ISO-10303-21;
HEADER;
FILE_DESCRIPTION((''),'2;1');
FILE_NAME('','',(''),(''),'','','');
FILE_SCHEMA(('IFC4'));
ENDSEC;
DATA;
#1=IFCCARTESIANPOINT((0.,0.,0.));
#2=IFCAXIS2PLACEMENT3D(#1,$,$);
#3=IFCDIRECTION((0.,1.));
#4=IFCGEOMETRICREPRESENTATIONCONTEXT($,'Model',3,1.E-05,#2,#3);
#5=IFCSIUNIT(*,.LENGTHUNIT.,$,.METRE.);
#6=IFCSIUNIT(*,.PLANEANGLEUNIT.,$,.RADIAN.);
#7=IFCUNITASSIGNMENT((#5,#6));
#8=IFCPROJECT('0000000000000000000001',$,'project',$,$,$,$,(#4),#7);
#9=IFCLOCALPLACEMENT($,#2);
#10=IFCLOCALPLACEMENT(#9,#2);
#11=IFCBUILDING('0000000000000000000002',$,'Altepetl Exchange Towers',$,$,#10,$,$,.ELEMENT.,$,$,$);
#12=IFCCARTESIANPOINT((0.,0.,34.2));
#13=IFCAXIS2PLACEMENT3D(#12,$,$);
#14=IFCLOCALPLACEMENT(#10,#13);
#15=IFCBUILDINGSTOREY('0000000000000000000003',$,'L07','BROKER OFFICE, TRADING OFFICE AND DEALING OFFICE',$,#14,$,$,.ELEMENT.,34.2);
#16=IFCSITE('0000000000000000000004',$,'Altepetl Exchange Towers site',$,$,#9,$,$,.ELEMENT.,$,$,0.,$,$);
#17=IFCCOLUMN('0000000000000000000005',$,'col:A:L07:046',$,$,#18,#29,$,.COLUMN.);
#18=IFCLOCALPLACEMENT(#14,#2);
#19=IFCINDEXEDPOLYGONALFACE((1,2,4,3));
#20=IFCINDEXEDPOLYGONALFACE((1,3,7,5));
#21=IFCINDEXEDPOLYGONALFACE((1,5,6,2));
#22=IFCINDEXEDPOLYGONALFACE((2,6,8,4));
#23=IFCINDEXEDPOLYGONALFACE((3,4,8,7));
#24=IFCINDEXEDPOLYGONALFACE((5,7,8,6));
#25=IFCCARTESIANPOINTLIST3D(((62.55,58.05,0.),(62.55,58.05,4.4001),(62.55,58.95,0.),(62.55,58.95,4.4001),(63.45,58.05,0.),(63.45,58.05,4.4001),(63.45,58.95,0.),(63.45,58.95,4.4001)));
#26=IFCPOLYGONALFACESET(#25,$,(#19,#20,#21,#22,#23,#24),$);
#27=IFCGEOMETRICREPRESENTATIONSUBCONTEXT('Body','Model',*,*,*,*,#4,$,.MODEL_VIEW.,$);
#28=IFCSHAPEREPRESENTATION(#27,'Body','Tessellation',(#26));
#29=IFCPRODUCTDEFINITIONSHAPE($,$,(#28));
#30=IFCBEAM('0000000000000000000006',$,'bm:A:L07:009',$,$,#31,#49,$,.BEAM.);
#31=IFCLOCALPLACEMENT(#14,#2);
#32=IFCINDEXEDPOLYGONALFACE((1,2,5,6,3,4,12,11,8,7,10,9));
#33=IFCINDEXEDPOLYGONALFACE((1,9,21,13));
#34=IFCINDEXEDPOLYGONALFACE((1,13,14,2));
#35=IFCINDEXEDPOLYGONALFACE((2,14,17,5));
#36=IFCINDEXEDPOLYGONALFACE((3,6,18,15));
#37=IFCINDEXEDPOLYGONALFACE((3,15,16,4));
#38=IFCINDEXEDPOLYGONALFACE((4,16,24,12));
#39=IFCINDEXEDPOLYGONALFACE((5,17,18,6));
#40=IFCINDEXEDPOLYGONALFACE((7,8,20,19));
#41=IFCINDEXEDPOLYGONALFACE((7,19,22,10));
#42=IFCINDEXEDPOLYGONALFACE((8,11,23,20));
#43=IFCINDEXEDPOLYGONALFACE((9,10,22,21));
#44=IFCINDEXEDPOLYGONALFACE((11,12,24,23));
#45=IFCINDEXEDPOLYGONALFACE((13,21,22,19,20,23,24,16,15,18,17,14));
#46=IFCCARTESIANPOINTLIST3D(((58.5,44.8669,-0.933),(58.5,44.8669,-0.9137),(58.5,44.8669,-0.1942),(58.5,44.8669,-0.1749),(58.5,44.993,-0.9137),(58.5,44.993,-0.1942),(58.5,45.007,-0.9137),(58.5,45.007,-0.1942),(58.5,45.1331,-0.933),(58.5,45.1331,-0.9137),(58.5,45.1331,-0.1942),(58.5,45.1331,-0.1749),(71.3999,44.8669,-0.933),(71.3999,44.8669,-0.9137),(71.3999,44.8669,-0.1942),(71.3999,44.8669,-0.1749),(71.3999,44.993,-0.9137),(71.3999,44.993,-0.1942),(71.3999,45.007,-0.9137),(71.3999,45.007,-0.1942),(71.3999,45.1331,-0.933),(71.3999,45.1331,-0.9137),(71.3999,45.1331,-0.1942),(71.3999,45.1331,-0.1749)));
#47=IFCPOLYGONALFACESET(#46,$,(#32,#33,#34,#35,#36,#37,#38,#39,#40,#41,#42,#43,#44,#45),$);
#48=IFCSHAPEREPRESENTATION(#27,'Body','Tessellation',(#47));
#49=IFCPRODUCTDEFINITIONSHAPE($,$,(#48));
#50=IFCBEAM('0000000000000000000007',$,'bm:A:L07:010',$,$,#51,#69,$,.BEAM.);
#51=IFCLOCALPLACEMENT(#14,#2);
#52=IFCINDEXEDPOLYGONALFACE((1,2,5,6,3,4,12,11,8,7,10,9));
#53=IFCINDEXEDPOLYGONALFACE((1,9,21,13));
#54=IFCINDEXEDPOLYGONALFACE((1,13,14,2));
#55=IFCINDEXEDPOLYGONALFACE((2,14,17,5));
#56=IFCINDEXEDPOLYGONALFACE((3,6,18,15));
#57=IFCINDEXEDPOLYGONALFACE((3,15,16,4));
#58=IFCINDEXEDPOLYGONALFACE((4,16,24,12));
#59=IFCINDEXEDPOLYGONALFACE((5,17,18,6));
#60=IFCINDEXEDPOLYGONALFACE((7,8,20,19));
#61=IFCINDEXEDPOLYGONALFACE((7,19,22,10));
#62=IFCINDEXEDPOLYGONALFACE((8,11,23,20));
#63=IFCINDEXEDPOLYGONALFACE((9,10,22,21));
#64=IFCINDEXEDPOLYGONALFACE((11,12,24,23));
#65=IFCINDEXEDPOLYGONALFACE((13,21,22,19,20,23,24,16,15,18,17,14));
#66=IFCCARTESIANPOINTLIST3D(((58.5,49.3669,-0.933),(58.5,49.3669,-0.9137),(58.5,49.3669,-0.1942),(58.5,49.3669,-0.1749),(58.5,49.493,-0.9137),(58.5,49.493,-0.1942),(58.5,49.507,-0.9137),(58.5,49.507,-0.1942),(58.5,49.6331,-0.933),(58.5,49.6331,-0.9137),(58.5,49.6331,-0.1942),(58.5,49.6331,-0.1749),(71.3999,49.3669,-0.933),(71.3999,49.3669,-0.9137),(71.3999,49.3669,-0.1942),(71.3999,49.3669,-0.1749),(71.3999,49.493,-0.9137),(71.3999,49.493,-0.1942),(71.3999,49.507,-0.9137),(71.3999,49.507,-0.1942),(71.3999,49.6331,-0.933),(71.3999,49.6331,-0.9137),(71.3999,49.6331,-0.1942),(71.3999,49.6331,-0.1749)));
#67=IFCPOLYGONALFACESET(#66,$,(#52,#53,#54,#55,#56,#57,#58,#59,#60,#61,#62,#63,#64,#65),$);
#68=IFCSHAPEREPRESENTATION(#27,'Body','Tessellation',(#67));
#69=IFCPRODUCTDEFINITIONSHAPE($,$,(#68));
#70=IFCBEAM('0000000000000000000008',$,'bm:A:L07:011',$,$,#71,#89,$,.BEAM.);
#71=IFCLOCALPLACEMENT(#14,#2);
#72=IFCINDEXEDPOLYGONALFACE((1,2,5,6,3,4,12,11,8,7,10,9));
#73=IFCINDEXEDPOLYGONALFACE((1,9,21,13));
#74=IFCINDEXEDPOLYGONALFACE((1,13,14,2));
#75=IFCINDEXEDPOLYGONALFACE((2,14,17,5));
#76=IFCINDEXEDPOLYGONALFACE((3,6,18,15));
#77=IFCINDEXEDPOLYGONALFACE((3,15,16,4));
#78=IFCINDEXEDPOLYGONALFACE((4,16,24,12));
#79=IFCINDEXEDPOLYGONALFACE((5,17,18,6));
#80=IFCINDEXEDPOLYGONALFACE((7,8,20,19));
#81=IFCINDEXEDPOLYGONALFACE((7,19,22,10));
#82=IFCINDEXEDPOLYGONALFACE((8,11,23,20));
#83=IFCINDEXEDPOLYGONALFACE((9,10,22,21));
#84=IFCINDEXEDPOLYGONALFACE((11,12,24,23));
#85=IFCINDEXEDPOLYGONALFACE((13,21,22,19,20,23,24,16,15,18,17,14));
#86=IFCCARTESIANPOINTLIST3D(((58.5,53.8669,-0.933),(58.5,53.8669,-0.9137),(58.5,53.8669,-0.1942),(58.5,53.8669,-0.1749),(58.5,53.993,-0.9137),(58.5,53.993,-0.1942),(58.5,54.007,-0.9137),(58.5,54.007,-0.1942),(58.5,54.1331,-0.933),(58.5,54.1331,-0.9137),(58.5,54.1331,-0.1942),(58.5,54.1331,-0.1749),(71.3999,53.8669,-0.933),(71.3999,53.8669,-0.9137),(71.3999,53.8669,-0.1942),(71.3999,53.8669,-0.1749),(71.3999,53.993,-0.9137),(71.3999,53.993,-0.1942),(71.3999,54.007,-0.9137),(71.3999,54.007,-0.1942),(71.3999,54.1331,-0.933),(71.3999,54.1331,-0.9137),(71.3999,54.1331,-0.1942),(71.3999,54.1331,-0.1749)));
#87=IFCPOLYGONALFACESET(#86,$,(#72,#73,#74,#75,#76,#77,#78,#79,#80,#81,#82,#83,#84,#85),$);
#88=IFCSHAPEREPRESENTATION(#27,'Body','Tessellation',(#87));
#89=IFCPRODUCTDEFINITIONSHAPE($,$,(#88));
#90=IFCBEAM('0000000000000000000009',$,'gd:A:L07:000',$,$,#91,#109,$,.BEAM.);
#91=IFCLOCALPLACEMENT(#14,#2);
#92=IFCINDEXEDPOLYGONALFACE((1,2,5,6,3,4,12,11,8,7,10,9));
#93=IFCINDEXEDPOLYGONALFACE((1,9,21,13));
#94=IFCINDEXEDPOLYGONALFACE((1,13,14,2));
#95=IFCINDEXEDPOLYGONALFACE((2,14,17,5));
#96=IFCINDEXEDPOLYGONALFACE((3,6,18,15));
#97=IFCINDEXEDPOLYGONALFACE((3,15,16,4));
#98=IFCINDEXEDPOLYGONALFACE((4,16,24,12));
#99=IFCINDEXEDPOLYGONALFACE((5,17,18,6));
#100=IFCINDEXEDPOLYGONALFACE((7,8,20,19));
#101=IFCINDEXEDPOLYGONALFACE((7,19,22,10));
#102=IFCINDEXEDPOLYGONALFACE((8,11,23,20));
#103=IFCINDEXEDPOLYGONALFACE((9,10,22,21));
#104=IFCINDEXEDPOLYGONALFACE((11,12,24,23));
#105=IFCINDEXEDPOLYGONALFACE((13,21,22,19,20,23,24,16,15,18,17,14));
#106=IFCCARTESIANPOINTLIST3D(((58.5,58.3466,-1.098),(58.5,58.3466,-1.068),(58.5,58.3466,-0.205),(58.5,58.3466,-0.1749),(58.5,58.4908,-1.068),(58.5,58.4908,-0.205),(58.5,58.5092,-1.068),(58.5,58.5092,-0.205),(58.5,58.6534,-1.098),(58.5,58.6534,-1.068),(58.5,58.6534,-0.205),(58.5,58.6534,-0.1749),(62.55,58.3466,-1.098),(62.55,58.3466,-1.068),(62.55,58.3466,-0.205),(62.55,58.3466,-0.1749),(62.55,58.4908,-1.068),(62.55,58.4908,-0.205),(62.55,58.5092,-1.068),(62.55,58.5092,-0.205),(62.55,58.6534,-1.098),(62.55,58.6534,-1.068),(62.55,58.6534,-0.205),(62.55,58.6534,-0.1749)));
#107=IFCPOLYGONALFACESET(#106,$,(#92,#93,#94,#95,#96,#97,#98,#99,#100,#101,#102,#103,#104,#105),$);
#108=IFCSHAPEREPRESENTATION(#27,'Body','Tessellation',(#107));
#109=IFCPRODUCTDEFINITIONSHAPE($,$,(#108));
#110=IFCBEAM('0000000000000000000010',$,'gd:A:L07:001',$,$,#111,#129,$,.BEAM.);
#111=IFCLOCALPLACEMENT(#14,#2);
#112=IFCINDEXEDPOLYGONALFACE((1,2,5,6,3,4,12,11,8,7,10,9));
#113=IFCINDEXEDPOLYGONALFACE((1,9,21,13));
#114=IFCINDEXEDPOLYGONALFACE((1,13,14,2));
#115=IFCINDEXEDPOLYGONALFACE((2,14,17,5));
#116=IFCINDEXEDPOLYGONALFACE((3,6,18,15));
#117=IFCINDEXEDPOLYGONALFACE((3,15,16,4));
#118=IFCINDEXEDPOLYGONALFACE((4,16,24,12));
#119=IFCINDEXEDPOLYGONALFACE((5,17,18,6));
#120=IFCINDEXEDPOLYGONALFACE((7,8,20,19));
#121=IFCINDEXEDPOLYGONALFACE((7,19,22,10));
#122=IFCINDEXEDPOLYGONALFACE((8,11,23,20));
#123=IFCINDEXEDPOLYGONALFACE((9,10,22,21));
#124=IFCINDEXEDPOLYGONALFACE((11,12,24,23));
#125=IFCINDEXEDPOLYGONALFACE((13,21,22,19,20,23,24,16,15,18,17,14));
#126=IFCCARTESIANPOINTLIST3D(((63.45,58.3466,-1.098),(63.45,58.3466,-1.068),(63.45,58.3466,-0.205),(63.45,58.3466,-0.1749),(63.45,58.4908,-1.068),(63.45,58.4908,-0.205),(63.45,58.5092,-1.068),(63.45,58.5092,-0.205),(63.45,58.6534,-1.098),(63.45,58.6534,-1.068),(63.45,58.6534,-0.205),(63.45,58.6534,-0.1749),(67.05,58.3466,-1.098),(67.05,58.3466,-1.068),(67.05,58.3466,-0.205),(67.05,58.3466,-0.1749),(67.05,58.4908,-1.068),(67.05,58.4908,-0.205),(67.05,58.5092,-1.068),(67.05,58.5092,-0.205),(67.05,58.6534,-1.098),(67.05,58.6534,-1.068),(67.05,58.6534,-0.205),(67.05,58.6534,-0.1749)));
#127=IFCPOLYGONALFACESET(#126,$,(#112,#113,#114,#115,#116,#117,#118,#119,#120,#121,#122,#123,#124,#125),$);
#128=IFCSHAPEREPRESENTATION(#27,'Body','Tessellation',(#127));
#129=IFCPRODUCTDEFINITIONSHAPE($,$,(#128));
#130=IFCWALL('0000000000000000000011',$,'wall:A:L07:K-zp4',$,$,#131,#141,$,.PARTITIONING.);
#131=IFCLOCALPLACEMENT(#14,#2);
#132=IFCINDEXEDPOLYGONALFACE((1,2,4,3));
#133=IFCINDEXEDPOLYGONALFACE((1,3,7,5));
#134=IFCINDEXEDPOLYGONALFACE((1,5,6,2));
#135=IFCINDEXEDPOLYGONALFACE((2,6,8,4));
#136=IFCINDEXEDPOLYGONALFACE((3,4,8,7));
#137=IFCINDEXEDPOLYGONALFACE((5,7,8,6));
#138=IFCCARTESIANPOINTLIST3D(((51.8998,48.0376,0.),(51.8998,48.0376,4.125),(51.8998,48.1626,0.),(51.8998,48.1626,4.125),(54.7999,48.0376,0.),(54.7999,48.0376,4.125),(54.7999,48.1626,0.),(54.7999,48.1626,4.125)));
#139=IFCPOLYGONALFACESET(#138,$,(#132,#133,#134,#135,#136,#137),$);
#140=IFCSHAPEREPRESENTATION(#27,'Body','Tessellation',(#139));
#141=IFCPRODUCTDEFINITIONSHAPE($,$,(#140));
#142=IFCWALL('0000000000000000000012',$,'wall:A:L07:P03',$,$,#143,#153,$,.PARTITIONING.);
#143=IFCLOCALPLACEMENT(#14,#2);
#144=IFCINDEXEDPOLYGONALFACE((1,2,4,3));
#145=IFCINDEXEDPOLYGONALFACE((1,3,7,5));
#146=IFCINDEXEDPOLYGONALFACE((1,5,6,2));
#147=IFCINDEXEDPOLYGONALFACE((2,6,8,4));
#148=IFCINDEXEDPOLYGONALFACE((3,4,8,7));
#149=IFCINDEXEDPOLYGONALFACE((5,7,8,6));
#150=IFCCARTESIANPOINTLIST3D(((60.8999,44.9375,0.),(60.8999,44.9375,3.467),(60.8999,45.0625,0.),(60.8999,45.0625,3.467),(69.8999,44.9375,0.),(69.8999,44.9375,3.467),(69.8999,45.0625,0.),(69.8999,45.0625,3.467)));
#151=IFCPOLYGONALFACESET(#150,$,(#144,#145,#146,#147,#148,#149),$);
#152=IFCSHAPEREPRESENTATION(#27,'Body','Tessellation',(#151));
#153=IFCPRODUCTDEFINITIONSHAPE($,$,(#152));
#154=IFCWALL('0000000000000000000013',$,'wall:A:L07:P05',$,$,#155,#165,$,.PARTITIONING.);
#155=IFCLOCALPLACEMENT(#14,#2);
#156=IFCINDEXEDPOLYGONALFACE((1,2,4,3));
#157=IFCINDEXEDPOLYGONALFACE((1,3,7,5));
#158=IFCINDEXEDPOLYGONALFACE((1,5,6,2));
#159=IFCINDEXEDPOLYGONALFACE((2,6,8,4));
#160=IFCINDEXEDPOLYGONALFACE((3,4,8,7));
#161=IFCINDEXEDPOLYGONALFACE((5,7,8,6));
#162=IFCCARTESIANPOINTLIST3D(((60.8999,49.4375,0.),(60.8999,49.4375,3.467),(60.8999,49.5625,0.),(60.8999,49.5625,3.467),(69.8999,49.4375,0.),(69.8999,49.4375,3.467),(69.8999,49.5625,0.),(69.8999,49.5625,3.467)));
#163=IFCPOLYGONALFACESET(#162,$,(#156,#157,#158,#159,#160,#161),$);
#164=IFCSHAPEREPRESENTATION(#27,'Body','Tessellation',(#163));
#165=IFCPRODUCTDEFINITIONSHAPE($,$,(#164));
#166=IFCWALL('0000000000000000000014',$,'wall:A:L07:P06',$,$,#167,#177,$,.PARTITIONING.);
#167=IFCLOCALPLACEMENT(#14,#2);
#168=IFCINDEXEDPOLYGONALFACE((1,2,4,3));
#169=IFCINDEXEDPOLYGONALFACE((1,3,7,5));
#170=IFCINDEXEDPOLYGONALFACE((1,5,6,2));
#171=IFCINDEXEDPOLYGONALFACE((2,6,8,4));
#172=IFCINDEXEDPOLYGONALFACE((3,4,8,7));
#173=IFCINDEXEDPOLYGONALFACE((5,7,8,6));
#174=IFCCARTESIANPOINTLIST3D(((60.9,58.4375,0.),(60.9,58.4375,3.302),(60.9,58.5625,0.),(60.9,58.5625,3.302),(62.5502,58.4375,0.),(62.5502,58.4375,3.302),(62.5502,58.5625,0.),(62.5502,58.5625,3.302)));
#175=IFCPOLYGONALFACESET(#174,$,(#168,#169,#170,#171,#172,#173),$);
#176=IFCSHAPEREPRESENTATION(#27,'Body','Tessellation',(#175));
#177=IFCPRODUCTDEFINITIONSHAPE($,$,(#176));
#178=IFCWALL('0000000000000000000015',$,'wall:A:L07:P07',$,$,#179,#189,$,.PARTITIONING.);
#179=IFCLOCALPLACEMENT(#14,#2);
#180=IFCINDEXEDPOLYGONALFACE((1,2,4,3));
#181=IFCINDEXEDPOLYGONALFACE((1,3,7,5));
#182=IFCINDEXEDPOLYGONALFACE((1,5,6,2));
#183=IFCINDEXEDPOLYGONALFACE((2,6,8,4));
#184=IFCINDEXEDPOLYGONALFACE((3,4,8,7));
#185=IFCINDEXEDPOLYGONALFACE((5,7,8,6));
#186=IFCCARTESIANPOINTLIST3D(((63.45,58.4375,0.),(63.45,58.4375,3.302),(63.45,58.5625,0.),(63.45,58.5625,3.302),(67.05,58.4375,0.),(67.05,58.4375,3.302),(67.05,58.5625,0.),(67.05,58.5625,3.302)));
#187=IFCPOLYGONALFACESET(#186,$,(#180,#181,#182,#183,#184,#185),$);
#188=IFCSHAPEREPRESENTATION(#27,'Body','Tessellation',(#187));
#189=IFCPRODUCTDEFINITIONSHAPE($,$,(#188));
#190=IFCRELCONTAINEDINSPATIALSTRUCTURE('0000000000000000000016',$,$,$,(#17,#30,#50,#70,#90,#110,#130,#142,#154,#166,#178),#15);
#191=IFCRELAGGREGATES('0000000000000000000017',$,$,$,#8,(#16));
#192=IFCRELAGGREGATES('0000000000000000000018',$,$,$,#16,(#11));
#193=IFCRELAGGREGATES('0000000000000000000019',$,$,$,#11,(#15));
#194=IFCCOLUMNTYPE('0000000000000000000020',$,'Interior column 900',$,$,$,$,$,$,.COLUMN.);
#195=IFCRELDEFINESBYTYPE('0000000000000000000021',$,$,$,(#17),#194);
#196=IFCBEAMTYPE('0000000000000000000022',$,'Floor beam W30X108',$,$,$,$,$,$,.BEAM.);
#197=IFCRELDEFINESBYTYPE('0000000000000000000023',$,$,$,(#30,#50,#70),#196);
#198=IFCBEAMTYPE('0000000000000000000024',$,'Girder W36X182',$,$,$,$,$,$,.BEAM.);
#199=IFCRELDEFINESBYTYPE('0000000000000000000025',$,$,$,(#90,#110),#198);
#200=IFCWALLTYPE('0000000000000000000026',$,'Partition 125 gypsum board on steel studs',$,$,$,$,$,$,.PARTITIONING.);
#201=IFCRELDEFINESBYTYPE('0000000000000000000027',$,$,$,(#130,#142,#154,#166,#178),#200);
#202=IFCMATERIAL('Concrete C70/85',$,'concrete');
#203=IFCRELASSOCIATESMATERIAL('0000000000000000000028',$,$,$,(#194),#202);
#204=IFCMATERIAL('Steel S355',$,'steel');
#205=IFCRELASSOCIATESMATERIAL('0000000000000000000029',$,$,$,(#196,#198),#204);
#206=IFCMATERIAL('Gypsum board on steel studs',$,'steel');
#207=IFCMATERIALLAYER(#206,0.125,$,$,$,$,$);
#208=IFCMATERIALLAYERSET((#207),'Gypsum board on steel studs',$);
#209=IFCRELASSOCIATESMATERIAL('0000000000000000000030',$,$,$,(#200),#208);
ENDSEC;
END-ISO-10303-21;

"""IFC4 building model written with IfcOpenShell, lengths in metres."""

from ifc_helpers import new_model, si_unit, direction, frame, frame_2d, origin, origin_2d, place, context, subcontext, project, spatial, rectangle, i_section, extrude, material, layer, layer_set, material_profile, profile_set, type_object, element, save


model = new_model("IFC4")

# Units and contexts
model_context = context("Model", 3, precision=1e-05, world=origin(), true_north=direction((0.0, 1.0)))
body_context = subcontext(model_context, "Body", "Model", "MODEL_VIEW")
ifc_project = project(units=[si_unit("LENGTHUNIT", "METRE"), si_unit("PLANEANGLEUNIT", "RADIAN")], contexts=[model_context])

# Site, building, storey
site_placement = place(None, origin())
site = spatial("IfcSite", under=ifc_project, at=site_placement, Name="Altepetl Exchange Towers site", CompositionType="ELEMENT", RefElevation=0.0)
building_placement = place(site_placement, origin())
building = spatial("IfcBuilding", under=site, at=building_placement, Name="Altepetl Exchange Towers", CompositionType="ELEMENT")
storey_placement = place(building_placement, frame((0.0, 0.0, 34.2)))
storey = spatial("IfcBuildingStorey", under=building, at=storey_placement, Name="L07", Description="BROKER OFFICE, TRADING OFFICE AND DEALING OFFICE", CompositionType="ELEMENT", Elevation=34.2)

# Column
ifc_material_1 = material(Name="Concrete C70/85", Category="concrete")
ifc_material_profile_1 = material_profile(ifc_material_1, rectangle(XDim=0.8999, YDim=0.8999, at=origin_2d()), Name="900 x 900")
ifc_profile_set_1 = profile_set([ifc_material_profile_1], Name="Concrete C70/85")
column_type = type_object("IfcColumnType", Name="Interior column 900", PredefinedType="COLUMN", material=ifc_profile_set_1)
column_placement = place(storey_placement, frame((63.0, 58.5, 0.0)))
element("IfcColumn", 1, at=column_placement, inside=storey, type_object=column_type, Name="col:A:L07:046", PredefinedType="COLUMN", context=body_context, shape_type="SweptSolid", body=[
    extrude(rectangle(XDim=0.8999, YDim=0.8999, at=origin_2d()), origin(), (0.0, 0.0, 1.0), 4.4001),
])

# Beams
ifc_material_2 = material(Name="Steel S355", Category="steel")
ifc_material_profile_2 = material_profile(ifc_material_2, i_section(OverallWidth=0.2661, OverallDepth=0.7581, WebThickness=0.0139, FlangeThickness=0.0193, at=origin_2d()), Name="W30X108")
ifc_profile_set_2 = profile_set([ifc_material_profile_2], Name="Steel S355")
beam_type_1 = type_object("IfcBeamType", Name="Floor beam W30X108", PredefinedType="BEAM", material=ifc_profile_set_2)
for number, where, z_axis, x_axis, name in (
    (2, (58.5, 45.0, -0.554), (1.0, 0.0, 0.0), (0.0, 1.0, 0.0), "bm:A:L07:009"),
    (3, (58.5, 49.5, -0.554), (1.0, 0.0, 0.0), (0.0, 1.0, 0.0), "bm:A:L07:010"),
    (4, (58.5, 54.0, -0.554), (1.0, 0.0, 0.0), (0.0, 1.0, 0.0), "bm:A:L07:011"),
):
    element("IfcBeam", number, at=place(storey_placement, frame(where, z_axis=z_axis, x_axis=x_axis)), inside=storey, type_object=beam_type_1, Name=name, PredefinedType="BEAM", context=body_context, shape_type="SweptSolid", body=[
        extrude(i_section(OverallWidth=0.2661, OverallDepth=0.7581, WebThickness=0.0139, FlangeThickness=0.0193, at=origin_2d()), origin(), (0.0, 0.0, 1.0), 12.8999),
    ])
ifc_material_profile_3 = material_profile(ifc_material_2, i_section(OverallWidth=0.3069, OverallDepth=0.9231, WebThickness=0.0183, FlangeThickness=0.03, at=origin_2d()), Name="W36X182")
ifc_profile_set_3 = profile_set([ifc_material_profile_3], Name="Steel S355")
beam_type_2 = type_object("IfcBeamType", Name="Girder W36X182", PredefinedType="BEAM", material=ifc_profile_set_3)
beam_1_placement = place(storey_placement, frame((58.5, 58.5, -0.6365), z_axis=(1.0, 0.0, 0.0), x_axis=(0.0, 1.0, 0.0)))
element("IfcBeam", 5, at=beam_1_placement, inside=storey, type_object=beam_type_2, Name="gd:A:L07:000", PredefinedType="BEAM", context=body_context, shape_type="SweptSolid", body=[
    extrude(i_section(OverallWidth=0.3069, OverallDepth=0.9231, WebThickness=0.0183, FlangeThickness=0.03, at=origin_2d()), origin(), (0.0, 0.0, 1.0), 4.05),
])
beam_2_placement = place(storey_placement, frame((63.45, 58.5, -0.6365), z_axis=(1.0, 0.0, 0.0), x_axis=(0.0, 1.0, 0.0)))
element("IfcBeam", 6, at=beam_2_placement, inside=storey, type_object=beam_type_2, Name="gd:A:L07:001", PredefinedType="BEAM", context=body_context, shape_type="SweptSolid", body=[
    extrude(i_section(OverallWidth=0.3069, OverallDepth=0.9231, WebThickness=0.0183, FlangeThickness=0.03, at=origin_2d()), origin(), (0.0, 0.0, 1.0), 3.6001),
])

# Walls
ifc_material_3 = material(Name="Gypsum board on steel studs", Category="steel")
ifc_layer_1 = layer(ifc_material_3, 0.125)
ifc_layer_set_1 = layer_set([ifc_layer_1], Name="Gypsum board on steel studs")
wall_type_1 = type_object("IfcWallType", Name="Partition 125 gypsum board on steel studs", PredefinedType="PARTITIONING", material=ifc_layer_set_1)
wall_1_placement = place(storey_placement, frame((54.8, 48.1001, 0.0), z_axis=(0.0, 0.0, 1.0), x_axis=(-1.0, 0.0, 0.0)))
element("IfcWall", 7, at=wall_1_placement, inside=storey, type_object=wall_type_1, Name="wall:A:L07:K-zp4", PredefinedType="PARTITIONING", context=body_context, shape_type="SweptSolid", body=[
    extrude(rectangle(XDim=2.9001, YDim=0.125, at=frame_2d((1.4502, 0.0))), origin(), (0.0, 0.0, 1.0), 4.125),
])
for number, where, name in (
    (8, (60.8999, 45.0, 0.0), "wall:A:L07:P03"),
    (9, (60.8999, 49.5, 0.0), "wall:A:L07:P05"),
):
    element("IfcWall", number, at=place(storey_placement, frame(where)), inside=storey, type_object=wall_type_1, Name=name, PredefinedType="PARTITIONING", context=body_context, shape_type="SweptSolid", body=[
        extrude(rectangle(XDim=9.0, YDim=0.125, at=frame_2d((4.5, 0.0))), origin(), (0.0, 0.0, 1.0), 3.467),
    ])
wall_2_placement = place(storey_placement, frame((60.8999, 58.5, 0.0)))
element("IfcWall", 10, at=wall_2_placement, inside=storey, type_object=wall_type_1, Name="wall:A:L07:P06", PredefinedType="PARTITIONING", context=body_context, shape_type="SweptSolid", body=[
    extrude(rectangle(XDim=1.6501, YDim=0.125, at=frame_2d((0.8252, 0.0))), origin(), (0.0, 0.0, 1.0), 3.302),
])
wall_3_placement = place(storey_placement, frame((63.45, 58.5, 0.0)))
element("IfcWall", 11, at=wall_3_placement, inside=storey, type_object=wall_type_1, Name="wall:A:L07:P07", PredefinedType="PARTITIONING", context=body_context, shape_type="SweptSolid", body=[
    extrude(rectangle(XDim=3.6001, YDim=0.125, at=frame_2d((1.8, 0.0))), origin(), (0.0, 0.0, 1.0), 3.302),
])

save(model, "model.ifc")
